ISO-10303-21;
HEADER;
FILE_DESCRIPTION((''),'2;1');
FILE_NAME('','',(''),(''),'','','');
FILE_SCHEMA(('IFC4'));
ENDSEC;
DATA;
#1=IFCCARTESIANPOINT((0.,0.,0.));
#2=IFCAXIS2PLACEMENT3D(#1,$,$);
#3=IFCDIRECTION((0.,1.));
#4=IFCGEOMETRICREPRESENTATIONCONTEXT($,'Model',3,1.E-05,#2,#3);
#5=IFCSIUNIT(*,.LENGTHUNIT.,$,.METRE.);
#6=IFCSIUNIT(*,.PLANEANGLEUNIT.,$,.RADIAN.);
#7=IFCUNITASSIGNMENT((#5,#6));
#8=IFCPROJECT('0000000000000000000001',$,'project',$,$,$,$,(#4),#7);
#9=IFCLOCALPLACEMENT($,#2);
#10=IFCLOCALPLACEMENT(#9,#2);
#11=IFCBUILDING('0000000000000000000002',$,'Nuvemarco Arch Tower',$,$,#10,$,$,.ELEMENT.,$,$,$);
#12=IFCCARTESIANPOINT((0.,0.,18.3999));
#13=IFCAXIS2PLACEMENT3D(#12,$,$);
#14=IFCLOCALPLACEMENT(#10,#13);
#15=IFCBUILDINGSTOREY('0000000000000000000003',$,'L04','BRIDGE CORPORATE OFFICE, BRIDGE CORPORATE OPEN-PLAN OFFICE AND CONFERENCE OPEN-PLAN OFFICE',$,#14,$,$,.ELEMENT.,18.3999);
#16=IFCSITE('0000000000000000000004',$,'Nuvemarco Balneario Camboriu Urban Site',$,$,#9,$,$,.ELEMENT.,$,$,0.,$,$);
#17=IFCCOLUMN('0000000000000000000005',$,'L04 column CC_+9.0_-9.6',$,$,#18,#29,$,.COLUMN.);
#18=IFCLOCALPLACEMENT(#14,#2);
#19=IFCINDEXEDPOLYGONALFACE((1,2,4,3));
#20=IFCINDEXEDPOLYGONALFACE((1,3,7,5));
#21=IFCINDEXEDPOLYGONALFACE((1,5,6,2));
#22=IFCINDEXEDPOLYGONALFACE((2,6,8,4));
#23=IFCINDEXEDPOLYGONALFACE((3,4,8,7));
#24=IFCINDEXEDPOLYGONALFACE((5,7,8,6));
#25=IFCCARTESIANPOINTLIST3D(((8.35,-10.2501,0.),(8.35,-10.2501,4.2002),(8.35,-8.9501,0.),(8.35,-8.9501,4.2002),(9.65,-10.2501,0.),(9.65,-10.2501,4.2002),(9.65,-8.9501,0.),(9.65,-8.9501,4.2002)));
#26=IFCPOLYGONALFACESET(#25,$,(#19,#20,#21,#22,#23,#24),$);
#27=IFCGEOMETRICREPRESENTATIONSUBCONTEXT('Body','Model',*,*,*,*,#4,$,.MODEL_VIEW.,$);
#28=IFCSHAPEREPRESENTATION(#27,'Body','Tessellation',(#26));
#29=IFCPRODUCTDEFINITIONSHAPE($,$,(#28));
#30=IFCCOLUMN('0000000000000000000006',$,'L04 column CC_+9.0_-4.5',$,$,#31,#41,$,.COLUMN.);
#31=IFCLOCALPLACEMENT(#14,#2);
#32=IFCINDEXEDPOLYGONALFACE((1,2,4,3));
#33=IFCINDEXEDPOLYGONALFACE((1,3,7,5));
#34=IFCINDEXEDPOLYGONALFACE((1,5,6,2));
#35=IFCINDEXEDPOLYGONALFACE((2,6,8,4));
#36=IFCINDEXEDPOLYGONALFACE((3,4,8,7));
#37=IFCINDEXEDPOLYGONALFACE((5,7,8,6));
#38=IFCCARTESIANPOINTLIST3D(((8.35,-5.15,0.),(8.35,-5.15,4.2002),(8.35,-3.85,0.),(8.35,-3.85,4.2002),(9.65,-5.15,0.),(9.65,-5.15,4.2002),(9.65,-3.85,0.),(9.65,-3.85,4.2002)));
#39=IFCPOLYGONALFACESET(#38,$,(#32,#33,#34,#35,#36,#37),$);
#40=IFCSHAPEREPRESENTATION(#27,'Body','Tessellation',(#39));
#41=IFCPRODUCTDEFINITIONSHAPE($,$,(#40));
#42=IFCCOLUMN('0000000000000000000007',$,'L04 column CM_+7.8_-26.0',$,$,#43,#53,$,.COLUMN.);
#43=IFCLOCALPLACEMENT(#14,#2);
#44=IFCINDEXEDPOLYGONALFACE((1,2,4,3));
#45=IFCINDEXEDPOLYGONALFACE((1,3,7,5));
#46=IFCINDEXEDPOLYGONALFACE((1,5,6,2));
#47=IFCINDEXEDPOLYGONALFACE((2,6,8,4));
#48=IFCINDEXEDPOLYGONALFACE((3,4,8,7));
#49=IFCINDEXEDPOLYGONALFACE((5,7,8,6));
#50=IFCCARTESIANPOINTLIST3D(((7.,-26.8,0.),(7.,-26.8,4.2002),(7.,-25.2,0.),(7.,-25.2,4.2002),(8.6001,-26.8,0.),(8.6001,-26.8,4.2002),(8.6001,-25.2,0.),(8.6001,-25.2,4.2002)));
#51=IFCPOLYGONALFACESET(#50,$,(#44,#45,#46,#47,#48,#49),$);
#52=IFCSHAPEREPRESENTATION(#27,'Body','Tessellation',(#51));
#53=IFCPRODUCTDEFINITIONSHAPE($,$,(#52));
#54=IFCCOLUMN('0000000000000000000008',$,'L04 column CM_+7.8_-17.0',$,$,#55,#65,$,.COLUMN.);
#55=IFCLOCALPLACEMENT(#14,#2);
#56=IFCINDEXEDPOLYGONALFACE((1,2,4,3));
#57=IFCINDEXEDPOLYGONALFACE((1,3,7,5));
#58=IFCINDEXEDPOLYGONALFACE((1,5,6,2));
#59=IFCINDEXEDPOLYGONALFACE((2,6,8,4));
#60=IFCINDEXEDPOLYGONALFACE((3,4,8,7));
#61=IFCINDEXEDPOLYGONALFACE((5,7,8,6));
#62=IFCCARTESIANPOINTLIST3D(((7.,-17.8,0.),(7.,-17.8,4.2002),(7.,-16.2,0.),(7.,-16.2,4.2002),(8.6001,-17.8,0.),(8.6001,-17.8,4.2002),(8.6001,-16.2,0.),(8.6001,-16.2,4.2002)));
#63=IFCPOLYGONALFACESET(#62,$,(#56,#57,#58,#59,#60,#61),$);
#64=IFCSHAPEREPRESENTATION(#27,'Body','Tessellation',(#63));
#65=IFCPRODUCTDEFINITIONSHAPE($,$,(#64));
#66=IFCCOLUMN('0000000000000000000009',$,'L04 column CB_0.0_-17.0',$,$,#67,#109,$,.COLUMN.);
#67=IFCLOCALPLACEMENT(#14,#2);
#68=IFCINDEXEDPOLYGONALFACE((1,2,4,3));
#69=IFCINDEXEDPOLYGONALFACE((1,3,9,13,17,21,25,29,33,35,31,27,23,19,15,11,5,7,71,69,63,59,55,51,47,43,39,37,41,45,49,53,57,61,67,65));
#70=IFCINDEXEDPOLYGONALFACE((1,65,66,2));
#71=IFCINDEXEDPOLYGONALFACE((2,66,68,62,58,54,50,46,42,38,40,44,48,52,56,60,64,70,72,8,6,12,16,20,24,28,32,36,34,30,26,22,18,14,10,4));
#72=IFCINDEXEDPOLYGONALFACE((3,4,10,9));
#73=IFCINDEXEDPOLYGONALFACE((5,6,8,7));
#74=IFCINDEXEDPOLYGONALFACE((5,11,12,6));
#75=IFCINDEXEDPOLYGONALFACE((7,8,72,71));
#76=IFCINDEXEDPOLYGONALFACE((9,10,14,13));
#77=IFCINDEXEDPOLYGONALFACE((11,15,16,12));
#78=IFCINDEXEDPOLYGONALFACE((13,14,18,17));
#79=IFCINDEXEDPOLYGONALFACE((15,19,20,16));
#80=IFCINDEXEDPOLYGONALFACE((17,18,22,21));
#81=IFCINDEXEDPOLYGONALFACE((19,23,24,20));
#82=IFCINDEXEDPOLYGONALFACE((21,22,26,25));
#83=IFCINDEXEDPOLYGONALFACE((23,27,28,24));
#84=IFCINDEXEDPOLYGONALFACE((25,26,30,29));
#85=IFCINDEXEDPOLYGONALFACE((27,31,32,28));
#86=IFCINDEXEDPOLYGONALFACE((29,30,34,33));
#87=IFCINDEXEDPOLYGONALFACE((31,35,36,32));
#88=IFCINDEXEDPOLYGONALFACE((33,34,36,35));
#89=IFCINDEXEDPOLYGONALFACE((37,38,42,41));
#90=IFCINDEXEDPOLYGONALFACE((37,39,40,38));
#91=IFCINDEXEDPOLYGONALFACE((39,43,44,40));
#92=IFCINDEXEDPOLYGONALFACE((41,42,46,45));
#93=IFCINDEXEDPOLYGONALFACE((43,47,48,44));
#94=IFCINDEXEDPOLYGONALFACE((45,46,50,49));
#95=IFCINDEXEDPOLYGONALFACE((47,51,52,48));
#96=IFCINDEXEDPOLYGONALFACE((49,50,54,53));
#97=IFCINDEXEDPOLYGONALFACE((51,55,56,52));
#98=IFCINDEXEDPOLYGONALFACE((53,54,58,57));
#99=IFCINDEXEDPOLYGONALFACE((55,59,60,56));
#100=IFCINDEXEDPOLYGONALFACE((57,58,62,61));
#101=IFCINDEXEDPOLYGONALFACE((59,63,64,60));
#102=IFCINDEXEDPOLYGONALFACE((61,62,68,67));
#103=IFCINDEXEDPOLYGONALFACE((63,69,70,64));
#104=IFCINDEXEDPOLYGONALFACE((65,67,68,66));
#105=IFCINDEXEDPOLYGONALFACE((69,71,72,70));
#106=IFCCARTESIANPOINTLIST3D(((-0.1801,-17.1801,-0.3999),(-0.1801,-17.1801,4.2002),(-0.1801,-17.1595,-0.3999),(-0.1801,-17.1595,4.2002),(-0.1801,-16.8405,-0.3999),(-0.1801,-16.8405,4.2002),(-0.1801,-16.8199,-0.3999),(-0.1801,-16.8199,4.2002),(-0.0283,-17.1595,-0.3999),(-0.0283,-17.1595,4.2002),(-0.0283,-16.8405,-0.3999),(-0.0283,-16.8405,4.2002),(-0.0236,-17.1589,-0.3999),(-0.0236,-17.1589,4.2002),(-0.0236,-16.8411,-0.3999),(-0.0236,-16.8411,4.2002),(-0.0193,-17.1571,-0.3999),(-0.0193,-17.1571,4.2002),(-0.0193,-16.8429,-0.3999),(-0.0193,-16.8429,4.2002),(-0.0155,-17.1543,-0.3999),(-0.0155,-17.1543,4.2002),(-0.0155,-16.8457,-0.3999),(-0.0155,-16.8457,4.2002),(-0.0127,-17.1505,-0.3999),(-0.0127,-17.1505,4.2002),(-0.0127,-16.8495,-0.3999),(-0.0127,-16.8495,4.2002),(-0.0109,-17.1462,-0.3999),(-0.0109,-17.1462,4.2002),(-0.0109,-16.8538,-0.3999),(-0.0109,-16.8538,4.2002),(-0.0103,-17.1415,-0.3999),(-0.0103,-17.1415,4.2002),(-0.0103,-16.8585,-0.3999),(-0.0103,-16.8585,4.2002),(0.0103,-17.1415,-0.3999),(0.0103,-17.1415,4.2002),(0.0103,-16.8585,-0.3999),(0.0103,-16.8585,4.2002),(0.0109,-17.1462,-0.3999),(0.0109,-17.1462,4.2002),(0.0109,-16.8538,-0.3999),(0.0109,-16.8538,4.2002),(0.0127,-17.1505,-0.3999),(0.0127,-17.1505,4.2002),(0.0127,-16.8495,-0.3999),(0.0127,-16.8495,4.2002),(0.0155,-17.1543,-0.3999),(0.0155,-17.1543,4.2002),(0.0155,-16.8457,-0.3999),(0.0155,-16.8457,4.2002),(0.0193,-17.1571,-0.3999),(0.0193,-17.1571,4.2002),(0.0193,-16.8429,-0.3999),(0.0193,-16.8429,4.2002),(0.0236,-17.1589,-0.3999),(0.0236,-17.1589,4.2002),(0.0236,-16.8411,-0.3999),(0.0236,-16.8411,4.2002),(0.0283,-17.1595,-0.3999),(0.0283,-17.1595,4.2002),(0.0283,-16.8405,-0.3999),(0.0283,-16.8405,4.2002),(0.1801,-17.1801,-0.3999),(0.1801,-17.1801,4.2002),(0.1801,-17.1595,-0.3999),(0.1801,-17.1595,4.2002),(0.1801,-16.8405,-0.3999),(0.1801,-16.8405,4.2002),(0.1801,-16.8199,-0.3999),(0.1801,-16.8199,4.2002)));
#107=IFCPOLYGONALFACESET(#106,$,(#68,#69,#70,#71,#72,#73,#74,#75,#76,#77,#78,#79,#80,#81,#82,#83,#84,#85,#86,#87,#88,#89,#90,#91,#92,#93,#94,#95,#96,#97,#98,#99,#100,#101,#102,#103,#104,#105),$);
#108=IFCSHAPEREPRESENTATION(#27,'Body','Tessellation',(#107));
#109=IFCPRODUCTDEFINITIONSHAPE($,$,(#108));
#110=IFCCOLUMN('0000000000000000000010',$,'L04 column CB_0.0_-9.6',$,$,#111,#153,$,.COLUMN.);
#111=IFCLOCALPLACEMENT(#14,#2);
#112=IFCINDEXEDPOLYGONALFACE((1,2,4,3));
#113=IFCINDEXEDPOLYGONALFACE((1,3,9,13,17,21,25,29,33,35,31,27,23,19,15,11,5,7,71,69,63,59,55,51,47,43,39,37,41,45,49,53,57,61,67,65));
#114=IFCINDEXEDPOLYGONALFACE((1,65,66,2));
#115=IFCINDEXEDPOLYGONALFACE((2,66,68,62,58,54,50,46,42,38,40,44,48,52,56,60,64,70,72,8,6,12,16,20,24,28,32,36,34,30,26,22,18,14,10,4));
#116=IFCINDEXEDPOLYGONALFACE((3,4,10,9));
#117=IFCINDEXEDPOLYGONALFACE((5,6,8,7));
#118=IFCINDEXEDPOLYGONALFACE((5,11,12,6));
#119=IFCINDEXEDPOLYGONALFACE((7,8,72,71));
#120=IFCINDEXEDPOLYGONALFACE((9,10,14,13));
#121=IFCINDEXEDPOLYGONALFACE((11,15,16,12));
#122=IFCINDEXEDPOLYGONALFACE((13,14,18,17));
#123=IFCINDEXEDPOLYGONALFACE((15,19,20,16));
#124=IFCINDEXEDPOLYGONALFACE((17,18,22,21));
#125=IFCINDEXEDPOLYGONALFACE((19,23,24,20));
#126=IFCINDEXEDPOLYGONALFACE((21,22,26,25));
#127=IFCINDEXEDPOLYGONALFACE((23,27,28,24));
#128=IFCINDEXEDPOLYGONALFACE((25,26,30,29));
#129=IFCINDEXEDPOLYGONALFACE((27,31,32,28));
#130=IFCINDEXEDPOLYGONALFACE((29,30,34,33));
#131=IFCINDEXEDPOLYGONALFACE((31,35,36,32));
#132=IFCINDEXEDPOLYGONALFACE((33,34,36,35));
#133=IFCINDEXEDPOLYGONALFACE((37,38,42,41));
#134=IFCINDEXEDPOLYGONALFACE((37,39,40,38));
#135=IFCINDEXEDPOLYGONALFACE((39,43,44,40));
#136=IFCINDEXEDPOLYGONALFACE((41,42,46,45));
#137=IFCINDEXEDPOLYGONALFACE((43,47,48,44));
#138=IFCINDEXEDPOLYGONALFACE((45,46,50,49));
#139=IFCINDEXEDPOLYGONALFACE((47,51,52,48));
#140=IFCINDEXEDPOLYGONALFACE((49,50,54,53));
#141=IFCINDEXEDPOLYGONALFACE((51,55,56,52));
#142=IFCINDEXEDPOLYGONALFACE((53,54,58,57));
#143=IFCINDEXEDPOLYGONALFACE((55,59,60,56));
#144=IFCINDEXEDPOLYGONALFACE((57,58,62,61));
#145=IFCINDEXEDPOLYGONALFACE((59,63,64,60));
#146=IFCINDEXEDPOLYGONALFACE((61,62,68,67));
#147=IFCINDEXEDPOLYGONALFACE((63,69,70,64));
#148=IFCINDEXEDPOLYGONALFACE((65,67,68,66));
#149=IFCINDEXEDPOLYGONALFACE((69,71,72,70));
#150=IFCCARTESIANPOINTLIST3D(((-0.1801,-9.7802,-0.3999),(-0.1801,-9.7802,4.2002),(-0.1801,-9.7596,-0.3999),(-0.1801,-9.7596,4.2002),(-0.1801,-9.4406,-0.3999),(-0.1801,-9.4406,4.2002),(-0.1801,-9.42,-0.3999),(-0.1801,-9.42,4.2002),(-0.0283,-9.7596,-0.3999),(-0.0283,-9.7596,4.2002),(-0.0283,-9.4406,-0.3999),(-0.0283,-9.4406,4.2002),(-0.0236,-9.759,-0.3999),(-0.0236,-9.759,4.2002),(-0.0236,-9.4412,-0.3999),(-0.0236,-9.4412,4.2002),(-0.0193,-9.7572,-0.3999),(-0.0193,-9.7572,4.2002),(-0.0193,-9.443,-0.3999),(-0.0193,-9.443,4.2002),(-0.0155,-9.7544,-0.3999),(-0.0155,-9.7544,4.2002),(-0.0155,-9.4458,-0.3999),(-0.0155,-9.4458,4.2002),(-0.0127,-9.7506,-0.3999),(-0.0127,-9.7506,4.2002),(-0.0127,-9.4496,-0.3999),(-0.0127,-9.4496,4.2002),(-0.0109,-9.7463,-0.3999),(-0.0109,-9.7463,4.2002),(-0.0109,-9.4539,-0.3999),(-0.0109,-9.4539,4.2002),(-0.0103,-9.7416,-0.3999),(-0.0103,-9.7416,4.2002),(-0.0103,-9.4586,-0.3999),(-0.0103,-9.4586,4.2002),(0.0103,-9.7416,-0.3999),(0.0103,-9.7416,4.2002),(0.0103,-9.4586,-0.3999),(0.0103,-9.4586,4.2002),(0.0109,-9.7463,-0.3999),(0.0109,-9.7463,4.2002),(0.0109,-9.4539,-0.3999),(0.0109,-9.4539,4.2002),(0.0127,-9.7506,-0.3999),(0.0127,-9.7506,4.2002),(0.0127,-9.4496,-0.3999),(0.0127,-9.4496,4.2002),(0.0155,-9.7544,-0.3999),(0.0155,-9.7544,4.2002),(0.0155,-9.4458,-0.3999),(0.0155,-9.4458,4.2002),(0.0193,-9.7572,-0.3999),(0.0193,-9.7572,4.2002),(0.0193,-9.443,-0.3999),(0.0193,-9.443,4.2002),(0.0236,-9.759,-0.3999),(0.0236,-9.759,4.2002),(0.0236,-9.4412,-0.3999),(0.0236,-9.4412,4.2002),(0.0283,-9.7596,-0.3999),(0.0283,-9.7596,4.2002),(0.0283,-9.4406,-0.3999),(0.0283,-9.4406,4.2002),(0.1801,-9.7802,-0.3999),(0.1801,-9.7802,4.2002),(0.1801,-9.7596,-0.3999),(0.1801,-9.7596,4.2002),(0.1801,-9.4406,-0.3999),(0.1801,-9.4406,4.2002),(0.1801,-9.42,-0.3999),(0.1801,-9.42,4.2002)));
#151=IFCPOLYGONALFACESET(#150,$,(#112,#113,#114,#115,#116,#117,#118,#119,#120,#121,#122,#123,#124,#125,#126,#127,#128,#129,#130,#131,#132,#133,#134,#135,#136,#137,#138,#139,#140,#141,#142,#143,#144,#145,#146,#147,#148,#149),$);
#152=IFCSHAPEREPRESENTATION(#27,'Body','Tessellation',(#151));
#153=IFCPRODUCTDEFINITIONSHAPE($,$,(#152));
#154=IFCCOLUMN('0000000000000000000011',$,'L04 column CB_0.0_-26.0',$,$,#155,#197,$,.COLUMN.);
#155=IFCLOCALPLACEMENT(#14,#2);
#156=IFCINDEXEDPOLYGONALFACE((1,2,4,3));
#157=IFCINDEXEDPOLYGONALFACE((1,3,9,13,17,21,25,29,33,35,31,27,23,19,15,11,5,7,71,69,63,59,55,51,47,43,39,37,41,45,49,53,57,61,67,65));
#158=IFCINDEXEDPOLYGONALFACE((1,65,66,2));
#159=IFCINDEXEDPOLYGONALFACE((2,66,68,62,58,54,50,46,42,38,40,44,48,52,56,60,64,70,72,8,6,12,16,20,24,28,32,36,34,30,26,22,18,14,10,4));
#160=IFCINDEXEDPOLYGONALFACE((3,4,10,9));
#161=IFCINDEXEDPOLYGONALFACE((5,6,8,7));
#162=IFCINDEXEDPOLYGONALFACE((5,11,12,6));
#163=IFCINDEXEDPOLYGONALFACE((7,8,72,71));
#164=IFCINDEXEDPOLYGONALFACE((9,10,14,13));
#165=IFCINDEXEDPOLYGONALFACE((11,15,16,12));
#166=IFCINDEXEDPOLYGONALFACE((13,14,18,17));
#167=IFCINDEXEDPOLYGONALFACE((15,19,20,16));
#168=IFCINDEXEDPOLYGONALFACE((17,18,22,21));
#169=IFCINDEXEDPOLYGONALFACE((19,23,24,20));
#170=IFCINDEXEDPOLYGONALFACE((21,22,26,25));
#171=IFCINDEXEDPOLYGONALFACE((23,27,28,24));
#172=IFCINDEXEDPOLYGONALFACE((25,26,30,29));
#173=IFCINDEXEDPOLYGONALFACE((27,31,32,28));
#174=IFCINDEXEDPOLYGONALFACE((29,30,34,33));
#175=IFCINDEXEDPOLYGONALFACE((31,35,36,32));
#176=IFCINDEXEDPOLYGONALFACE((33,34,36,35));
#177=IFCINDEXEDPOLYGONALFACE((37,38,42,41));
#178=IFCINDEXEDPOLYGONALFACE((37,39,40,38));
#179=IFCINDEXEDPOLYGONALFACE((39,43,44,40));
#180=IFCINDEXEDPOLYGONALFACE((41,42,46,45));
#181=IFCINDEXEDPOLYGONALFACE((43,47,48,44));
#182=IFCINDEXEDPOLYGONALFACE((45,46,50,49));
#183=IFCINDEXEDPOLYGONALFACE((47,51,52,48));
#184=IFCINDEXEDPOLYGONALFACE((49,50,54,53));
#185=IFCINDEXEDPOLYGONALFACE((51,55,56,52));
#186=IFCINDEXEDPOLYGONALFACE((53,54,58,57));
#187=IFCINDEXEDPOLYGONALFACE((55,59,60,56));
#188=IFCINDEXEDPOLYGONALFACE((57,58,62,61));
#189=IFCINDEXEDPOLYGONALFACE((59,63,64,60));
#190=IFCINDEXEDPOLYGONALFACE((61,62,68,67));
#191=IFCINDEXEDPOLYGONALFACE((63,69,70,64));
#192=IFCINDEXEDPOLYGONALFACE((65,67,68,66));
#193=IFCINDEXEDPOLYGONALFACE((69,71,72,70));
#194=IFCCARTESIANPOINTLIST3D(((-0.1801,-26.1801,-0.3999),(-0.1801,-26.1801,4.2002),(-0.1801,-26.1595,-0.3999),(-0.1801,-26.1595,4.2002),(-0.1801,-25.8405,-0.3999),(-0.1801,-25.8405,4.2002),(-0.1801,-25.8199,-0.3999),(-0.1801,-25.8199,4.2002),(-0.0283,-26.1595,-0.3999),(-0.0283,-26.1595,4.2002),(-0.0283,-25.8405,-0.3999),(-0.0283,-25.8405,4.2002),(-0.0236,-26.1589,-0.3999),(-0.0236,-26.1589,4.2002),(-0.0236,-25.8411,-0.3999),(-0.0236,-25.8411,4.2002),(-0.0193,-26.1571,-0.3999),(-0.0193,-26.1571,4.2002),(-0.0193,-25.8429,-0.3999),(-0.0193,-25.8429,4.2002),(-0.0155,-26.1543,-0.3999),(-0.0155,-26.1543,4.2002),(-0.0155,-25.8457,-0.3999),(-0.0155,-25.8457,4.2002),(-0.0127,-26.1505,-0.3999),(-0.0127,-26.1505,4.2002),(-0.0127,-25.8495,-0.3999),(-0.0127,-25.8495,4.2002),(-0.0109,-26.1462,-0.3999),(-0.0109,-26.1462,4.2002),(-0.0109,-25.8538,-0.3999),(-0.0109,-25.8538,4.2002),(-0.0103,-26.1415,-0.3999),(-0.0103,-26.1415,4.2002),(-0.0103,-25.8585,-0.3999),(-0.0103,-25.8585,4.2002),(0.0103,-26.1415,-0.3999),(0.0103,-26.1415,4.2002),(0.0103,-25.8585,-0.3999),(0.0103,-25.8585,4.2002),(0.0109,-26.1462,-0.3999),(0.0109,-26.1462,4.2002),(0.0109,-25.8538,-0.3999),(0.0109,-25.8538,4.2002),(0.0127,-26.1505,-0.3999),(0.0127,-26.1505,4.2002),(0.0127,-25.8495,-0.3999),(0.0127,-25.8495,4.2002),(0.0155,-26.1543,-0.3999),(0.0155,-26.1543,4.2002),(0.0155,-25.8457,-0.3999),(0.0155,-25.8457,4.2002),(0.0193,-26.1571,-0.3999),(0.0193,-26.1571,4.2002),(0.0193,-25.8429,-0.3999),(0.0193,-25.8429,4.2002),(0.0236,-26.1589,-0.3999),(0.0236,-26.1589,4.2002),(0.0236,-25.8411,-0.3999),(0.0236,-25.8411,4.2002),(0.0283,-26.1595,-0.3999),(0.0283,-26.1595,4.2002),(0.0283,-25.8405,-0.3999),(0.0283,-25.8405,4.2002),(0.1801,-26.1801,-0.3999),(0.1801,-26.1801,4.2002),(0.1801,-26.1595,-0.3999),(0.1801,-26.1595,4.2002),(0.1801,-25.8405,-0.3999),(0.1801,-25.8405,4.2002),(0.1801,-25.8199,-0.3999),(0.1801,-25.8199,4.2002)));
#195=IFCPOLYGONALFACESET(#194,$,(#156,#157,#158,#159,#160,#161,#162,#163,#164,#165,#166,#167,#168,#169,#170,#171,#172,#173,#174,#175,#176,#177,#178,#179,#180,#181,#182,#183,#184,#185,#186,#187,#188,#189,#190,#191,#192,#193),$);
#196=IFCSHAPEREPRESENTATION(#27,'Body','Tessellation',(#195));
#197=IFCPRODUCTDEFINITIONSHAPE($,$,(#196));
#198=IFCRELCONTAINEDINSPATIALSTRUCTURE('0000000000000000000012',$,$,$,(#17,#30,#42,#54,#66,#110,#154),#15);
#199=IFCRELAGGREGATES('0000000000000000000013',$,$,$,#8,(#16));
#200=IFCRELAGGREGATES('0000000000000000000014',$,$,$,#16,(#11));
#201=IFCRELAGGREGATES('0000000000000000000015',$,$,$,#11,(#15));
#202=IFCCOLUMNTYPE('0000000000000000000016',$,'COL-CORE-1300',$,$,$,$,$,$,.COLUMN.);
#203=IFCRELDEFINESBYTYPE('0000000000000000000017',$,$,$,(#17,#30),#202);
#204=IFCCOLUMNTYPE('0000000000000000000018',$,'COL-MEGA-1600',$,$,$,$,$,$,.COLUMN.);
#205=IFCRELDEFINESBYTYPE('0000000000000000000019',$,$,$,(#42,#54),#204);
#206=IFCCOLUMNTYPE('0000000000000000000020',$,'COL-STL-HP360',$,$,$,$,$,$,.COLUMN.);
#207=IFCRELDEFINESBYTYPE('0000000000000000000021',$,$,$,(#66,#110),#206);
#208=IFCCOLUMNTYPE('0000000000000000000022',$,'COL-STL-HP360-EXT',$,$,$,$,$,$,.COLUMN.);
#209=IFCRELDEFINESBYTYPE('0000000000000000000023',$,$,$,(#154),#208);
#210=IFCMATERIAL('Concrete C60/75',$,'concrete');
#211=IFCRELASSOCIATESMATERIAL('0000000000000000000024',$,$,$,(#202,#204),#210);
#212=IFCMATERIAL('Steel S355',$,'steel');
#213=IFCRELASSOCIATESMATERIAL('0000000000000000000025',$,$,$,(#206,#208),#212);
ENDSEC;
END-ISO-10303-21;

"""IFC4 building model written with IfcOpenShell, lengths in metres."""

from ifc_helpers import new_model, si_unit, direction, frame, origin, origin_2d, place, context, subcontext, project, spatial, rectangle, i_section, extrude, material, material_profile, profile_set, type_object, element, save


model = new_model("IFC4")

# Units and contexts
model_context = context("Model", 3, precision=1e-05, world=origin(), true_north=direction((0.0, 1.0)))
body_context = subcontext(model_context, "Body", "Model", "MODEL_VIEW")
ifc_project = project(units=[si_unit("LENGTHUNIT", "METRE"), si_unit("PLANEANGLEUNIT", "RADIAN")], contexts=[model_context])

# Site, building, storey
site_placement = place(None, origin())
site = spatial("IfcSite", under=ifc_project, at=site_placement, Name="Nuvemarco Balneario Camboriu Urban Site", CompositionType="ELEMENT", RefElevation=0.0)
building_placement = place(site_placement, origin())
building = spatial("IfcBuilding", under=site, at=building_placement, Name="Nuvemarco Arch Tower", CompositionType="ELEMENT")
storey_placement = place(building_placement, frame((0.0, 0.0, 18.3999)))
storey = spatial("IfcBuildingStorey", under=building, at=storey_placement, Name="L04", Description="BRIDGE CORPORATE OFFICE, BRIDGE CORPORATE OPEN-PLAN OFFICE AND CONFERENCE OPEN-PLAN OFFICE", CompositionType="ELEMENT", Elevation=18.3999)

# Columns
ifc_material_1 = material(Name="Concrete C60/75", Category="concrete")
ifc_material_profile_1 = material_profile(ifc_material_1, rectangle(XDim=1.3, YDim=1.3, at=origin_2d()), Name="RC-COL-1300x1300")
ifc_profile_set_1 = profile_set([ifc_material_profile_1], Name="Concrete C60/75")
column_type_1 = type_object("IfcColumnType", Name="COL-CORE-1300", PredefinedType="COLUMN", material=ifc_profile_set_1)
for number, where, z_axis, x_axis, name in (
    (1, (9.0, -9.6001, 0.0), (0.0, 0.0, 1.0), (1.0, 0.0, 0.0), "L04 column CC_+9.0_-9.6"),
    (2, (9.0, -4.5, 0.0), (0.0, 0.0, 1.0), (1.0, 0.0, 0.0), "L04 column CC_+9.0_-4.5"),
):
    element("IfcColumn", number, at=place(storey_placement, frame(where, z_axis=z_axis, x_axis=x_axis)), inside=storey, type_object=column_type_1, Name=name, PredefinedType="COLUMN", context=body_context, shape_type="SweptSolid", body=[
        extrude(rectangle(XDim=1.3, YDim=1.3, at=origin_2d()), origin(), (0.0, 0.0, 1.0), 4.2002),
    ])
ifc_material_profile_2 = material_profile(ifc_material_1, rectangle(XDim=1.6001, YDim=1.6001, at=origin_2d()), Name="RC-COL-1600x1600")
ifc_profile_set_2 = profile_set([ifc_material_profile_2], Name="Concrete C60/75")
column_type_2 = type_object("IfcColumnType", Name="COL-MEGA-1600", PredefinedType="COLUMN", material=ifc_profile_set_2)
for number, where, z_axis, x_axis, name in (
    (3, (7.8, -26.0, 0.0), (0.0, 0.0, 1.0), (1.0, 0.0, 0.0), "L04 column CM_+7.8_-26.0"),
    (4, (7.8, -17.0, 0.0), (0.0, 0.0, 1.0), (1.0, 0.0, 0.0), "L04 column CM_+7.8_-17.0"),
):
    element("IfcColumn", number, at=place(storey_placement, frame(where, z_axis=z_axis, x_axis=x_axis)), inside=storey, type_object=column_type_2, Name=name, PredefinedType="COLUMN", context=body_context, shape_type="SweptSolid", body=[
        extrude(rectangle(XDim=1.6001, YDim=1.6001, at=origin_2d()), origin(), (0.0, 0.0, 1.0), 4.2002),
    ])
ifc_material_2 = material(Name="Steel S355", Category="steel")
ifc_material_profile_3 = material_profile(ifc_material_2, i_section(OverallWidth=0.3601, OverallDepth=0.3601, WebThickness=0.0205, FlangeThickness=0.0205, FilletRadius=0.0181, at=origin_2d()), Name="HP360x174")
ifc_profile_set_3 = profile_set([ifc_material_profile_3], Name="Steel S355")
column_type_3 = type_object("IfcColumnType", Name="COL-STL-HP360", PredefinedType="COLUMN", material=ifc_profile_set_3)
for number, where, z_axis, x_axis, name in (
    (5, (0.0, -17.0, -0.3999), (0.0, 0.0, 1.0), (1.0, 0.0, 0.0), "L04 column CB_0.0_-17.0"),
    (6, (0.0, -9.6001, -0.3999), (0.0, 0.0, 1.0), (1.0, 0.0, 0.0), "L04 column CB_0.0_-9.6"),
):
    element("IfcColumn", number, at=place(storey_placement, frame(where, z_axis=z_axis, x_axis=x_axis)), inside=storey, type_object=column_type_3, Name=name, PredefinedType="COLUMN", context=body_context, shape_type="SweptSolid", body=[
        extrude(i_section(OverallWidth=0.3601, OverallDepth=0.3601, WebThickness=0.0205, FlangeThickness=0.0205, FilletRadius=0.0181, at=origin_2d()), origin(), (0.0, 0.0, 1.0), 4.6001),
    ])
ifc_material_profile_4 = material_profile(ifc_material_2, i_section(OverallWidth=0.3601, OverallDepth=0.3601, WebThickness=0.0205, FlangeThickness=0.0205, FilletRadius=0.0181, at=origin_2d()), Name="HP360x174")
ifc_profile_set_4 = profile_set([ifc_material_profile_4], Name="Steel S355")
column_type_4 = type_object("IfcColumnType", Name="COL-STL-HP360-EXT", PredefinedType="COLUMN", material=ifc_profile_set_4)
column_placement = place(storey_placement, frame((0.0, -26.0, -0.3999), z_axis=(0.0, 0.0, 1.0), x_axis=(1.0, 0.0, 0.0)))
element("IfcColumn", 7, at=column_placement, inside=storey, type_object=column_type_4, Name="L04 column CB_0.0_-26.0", PredefinedType="COLUMN", context=body_context, shape_type="SweptSolid", body=[
    extrude(i_section(OverallWidth=0.3601, OverallDepth=0.3601, WebThickness=0.0205, FlangeThickness=0.0205, FilletRadius=0.0181, at=origin_2d()), origin(), (0.0, 0.0, 1.0), 4.6001),
])

save(model, "model.ifc")
